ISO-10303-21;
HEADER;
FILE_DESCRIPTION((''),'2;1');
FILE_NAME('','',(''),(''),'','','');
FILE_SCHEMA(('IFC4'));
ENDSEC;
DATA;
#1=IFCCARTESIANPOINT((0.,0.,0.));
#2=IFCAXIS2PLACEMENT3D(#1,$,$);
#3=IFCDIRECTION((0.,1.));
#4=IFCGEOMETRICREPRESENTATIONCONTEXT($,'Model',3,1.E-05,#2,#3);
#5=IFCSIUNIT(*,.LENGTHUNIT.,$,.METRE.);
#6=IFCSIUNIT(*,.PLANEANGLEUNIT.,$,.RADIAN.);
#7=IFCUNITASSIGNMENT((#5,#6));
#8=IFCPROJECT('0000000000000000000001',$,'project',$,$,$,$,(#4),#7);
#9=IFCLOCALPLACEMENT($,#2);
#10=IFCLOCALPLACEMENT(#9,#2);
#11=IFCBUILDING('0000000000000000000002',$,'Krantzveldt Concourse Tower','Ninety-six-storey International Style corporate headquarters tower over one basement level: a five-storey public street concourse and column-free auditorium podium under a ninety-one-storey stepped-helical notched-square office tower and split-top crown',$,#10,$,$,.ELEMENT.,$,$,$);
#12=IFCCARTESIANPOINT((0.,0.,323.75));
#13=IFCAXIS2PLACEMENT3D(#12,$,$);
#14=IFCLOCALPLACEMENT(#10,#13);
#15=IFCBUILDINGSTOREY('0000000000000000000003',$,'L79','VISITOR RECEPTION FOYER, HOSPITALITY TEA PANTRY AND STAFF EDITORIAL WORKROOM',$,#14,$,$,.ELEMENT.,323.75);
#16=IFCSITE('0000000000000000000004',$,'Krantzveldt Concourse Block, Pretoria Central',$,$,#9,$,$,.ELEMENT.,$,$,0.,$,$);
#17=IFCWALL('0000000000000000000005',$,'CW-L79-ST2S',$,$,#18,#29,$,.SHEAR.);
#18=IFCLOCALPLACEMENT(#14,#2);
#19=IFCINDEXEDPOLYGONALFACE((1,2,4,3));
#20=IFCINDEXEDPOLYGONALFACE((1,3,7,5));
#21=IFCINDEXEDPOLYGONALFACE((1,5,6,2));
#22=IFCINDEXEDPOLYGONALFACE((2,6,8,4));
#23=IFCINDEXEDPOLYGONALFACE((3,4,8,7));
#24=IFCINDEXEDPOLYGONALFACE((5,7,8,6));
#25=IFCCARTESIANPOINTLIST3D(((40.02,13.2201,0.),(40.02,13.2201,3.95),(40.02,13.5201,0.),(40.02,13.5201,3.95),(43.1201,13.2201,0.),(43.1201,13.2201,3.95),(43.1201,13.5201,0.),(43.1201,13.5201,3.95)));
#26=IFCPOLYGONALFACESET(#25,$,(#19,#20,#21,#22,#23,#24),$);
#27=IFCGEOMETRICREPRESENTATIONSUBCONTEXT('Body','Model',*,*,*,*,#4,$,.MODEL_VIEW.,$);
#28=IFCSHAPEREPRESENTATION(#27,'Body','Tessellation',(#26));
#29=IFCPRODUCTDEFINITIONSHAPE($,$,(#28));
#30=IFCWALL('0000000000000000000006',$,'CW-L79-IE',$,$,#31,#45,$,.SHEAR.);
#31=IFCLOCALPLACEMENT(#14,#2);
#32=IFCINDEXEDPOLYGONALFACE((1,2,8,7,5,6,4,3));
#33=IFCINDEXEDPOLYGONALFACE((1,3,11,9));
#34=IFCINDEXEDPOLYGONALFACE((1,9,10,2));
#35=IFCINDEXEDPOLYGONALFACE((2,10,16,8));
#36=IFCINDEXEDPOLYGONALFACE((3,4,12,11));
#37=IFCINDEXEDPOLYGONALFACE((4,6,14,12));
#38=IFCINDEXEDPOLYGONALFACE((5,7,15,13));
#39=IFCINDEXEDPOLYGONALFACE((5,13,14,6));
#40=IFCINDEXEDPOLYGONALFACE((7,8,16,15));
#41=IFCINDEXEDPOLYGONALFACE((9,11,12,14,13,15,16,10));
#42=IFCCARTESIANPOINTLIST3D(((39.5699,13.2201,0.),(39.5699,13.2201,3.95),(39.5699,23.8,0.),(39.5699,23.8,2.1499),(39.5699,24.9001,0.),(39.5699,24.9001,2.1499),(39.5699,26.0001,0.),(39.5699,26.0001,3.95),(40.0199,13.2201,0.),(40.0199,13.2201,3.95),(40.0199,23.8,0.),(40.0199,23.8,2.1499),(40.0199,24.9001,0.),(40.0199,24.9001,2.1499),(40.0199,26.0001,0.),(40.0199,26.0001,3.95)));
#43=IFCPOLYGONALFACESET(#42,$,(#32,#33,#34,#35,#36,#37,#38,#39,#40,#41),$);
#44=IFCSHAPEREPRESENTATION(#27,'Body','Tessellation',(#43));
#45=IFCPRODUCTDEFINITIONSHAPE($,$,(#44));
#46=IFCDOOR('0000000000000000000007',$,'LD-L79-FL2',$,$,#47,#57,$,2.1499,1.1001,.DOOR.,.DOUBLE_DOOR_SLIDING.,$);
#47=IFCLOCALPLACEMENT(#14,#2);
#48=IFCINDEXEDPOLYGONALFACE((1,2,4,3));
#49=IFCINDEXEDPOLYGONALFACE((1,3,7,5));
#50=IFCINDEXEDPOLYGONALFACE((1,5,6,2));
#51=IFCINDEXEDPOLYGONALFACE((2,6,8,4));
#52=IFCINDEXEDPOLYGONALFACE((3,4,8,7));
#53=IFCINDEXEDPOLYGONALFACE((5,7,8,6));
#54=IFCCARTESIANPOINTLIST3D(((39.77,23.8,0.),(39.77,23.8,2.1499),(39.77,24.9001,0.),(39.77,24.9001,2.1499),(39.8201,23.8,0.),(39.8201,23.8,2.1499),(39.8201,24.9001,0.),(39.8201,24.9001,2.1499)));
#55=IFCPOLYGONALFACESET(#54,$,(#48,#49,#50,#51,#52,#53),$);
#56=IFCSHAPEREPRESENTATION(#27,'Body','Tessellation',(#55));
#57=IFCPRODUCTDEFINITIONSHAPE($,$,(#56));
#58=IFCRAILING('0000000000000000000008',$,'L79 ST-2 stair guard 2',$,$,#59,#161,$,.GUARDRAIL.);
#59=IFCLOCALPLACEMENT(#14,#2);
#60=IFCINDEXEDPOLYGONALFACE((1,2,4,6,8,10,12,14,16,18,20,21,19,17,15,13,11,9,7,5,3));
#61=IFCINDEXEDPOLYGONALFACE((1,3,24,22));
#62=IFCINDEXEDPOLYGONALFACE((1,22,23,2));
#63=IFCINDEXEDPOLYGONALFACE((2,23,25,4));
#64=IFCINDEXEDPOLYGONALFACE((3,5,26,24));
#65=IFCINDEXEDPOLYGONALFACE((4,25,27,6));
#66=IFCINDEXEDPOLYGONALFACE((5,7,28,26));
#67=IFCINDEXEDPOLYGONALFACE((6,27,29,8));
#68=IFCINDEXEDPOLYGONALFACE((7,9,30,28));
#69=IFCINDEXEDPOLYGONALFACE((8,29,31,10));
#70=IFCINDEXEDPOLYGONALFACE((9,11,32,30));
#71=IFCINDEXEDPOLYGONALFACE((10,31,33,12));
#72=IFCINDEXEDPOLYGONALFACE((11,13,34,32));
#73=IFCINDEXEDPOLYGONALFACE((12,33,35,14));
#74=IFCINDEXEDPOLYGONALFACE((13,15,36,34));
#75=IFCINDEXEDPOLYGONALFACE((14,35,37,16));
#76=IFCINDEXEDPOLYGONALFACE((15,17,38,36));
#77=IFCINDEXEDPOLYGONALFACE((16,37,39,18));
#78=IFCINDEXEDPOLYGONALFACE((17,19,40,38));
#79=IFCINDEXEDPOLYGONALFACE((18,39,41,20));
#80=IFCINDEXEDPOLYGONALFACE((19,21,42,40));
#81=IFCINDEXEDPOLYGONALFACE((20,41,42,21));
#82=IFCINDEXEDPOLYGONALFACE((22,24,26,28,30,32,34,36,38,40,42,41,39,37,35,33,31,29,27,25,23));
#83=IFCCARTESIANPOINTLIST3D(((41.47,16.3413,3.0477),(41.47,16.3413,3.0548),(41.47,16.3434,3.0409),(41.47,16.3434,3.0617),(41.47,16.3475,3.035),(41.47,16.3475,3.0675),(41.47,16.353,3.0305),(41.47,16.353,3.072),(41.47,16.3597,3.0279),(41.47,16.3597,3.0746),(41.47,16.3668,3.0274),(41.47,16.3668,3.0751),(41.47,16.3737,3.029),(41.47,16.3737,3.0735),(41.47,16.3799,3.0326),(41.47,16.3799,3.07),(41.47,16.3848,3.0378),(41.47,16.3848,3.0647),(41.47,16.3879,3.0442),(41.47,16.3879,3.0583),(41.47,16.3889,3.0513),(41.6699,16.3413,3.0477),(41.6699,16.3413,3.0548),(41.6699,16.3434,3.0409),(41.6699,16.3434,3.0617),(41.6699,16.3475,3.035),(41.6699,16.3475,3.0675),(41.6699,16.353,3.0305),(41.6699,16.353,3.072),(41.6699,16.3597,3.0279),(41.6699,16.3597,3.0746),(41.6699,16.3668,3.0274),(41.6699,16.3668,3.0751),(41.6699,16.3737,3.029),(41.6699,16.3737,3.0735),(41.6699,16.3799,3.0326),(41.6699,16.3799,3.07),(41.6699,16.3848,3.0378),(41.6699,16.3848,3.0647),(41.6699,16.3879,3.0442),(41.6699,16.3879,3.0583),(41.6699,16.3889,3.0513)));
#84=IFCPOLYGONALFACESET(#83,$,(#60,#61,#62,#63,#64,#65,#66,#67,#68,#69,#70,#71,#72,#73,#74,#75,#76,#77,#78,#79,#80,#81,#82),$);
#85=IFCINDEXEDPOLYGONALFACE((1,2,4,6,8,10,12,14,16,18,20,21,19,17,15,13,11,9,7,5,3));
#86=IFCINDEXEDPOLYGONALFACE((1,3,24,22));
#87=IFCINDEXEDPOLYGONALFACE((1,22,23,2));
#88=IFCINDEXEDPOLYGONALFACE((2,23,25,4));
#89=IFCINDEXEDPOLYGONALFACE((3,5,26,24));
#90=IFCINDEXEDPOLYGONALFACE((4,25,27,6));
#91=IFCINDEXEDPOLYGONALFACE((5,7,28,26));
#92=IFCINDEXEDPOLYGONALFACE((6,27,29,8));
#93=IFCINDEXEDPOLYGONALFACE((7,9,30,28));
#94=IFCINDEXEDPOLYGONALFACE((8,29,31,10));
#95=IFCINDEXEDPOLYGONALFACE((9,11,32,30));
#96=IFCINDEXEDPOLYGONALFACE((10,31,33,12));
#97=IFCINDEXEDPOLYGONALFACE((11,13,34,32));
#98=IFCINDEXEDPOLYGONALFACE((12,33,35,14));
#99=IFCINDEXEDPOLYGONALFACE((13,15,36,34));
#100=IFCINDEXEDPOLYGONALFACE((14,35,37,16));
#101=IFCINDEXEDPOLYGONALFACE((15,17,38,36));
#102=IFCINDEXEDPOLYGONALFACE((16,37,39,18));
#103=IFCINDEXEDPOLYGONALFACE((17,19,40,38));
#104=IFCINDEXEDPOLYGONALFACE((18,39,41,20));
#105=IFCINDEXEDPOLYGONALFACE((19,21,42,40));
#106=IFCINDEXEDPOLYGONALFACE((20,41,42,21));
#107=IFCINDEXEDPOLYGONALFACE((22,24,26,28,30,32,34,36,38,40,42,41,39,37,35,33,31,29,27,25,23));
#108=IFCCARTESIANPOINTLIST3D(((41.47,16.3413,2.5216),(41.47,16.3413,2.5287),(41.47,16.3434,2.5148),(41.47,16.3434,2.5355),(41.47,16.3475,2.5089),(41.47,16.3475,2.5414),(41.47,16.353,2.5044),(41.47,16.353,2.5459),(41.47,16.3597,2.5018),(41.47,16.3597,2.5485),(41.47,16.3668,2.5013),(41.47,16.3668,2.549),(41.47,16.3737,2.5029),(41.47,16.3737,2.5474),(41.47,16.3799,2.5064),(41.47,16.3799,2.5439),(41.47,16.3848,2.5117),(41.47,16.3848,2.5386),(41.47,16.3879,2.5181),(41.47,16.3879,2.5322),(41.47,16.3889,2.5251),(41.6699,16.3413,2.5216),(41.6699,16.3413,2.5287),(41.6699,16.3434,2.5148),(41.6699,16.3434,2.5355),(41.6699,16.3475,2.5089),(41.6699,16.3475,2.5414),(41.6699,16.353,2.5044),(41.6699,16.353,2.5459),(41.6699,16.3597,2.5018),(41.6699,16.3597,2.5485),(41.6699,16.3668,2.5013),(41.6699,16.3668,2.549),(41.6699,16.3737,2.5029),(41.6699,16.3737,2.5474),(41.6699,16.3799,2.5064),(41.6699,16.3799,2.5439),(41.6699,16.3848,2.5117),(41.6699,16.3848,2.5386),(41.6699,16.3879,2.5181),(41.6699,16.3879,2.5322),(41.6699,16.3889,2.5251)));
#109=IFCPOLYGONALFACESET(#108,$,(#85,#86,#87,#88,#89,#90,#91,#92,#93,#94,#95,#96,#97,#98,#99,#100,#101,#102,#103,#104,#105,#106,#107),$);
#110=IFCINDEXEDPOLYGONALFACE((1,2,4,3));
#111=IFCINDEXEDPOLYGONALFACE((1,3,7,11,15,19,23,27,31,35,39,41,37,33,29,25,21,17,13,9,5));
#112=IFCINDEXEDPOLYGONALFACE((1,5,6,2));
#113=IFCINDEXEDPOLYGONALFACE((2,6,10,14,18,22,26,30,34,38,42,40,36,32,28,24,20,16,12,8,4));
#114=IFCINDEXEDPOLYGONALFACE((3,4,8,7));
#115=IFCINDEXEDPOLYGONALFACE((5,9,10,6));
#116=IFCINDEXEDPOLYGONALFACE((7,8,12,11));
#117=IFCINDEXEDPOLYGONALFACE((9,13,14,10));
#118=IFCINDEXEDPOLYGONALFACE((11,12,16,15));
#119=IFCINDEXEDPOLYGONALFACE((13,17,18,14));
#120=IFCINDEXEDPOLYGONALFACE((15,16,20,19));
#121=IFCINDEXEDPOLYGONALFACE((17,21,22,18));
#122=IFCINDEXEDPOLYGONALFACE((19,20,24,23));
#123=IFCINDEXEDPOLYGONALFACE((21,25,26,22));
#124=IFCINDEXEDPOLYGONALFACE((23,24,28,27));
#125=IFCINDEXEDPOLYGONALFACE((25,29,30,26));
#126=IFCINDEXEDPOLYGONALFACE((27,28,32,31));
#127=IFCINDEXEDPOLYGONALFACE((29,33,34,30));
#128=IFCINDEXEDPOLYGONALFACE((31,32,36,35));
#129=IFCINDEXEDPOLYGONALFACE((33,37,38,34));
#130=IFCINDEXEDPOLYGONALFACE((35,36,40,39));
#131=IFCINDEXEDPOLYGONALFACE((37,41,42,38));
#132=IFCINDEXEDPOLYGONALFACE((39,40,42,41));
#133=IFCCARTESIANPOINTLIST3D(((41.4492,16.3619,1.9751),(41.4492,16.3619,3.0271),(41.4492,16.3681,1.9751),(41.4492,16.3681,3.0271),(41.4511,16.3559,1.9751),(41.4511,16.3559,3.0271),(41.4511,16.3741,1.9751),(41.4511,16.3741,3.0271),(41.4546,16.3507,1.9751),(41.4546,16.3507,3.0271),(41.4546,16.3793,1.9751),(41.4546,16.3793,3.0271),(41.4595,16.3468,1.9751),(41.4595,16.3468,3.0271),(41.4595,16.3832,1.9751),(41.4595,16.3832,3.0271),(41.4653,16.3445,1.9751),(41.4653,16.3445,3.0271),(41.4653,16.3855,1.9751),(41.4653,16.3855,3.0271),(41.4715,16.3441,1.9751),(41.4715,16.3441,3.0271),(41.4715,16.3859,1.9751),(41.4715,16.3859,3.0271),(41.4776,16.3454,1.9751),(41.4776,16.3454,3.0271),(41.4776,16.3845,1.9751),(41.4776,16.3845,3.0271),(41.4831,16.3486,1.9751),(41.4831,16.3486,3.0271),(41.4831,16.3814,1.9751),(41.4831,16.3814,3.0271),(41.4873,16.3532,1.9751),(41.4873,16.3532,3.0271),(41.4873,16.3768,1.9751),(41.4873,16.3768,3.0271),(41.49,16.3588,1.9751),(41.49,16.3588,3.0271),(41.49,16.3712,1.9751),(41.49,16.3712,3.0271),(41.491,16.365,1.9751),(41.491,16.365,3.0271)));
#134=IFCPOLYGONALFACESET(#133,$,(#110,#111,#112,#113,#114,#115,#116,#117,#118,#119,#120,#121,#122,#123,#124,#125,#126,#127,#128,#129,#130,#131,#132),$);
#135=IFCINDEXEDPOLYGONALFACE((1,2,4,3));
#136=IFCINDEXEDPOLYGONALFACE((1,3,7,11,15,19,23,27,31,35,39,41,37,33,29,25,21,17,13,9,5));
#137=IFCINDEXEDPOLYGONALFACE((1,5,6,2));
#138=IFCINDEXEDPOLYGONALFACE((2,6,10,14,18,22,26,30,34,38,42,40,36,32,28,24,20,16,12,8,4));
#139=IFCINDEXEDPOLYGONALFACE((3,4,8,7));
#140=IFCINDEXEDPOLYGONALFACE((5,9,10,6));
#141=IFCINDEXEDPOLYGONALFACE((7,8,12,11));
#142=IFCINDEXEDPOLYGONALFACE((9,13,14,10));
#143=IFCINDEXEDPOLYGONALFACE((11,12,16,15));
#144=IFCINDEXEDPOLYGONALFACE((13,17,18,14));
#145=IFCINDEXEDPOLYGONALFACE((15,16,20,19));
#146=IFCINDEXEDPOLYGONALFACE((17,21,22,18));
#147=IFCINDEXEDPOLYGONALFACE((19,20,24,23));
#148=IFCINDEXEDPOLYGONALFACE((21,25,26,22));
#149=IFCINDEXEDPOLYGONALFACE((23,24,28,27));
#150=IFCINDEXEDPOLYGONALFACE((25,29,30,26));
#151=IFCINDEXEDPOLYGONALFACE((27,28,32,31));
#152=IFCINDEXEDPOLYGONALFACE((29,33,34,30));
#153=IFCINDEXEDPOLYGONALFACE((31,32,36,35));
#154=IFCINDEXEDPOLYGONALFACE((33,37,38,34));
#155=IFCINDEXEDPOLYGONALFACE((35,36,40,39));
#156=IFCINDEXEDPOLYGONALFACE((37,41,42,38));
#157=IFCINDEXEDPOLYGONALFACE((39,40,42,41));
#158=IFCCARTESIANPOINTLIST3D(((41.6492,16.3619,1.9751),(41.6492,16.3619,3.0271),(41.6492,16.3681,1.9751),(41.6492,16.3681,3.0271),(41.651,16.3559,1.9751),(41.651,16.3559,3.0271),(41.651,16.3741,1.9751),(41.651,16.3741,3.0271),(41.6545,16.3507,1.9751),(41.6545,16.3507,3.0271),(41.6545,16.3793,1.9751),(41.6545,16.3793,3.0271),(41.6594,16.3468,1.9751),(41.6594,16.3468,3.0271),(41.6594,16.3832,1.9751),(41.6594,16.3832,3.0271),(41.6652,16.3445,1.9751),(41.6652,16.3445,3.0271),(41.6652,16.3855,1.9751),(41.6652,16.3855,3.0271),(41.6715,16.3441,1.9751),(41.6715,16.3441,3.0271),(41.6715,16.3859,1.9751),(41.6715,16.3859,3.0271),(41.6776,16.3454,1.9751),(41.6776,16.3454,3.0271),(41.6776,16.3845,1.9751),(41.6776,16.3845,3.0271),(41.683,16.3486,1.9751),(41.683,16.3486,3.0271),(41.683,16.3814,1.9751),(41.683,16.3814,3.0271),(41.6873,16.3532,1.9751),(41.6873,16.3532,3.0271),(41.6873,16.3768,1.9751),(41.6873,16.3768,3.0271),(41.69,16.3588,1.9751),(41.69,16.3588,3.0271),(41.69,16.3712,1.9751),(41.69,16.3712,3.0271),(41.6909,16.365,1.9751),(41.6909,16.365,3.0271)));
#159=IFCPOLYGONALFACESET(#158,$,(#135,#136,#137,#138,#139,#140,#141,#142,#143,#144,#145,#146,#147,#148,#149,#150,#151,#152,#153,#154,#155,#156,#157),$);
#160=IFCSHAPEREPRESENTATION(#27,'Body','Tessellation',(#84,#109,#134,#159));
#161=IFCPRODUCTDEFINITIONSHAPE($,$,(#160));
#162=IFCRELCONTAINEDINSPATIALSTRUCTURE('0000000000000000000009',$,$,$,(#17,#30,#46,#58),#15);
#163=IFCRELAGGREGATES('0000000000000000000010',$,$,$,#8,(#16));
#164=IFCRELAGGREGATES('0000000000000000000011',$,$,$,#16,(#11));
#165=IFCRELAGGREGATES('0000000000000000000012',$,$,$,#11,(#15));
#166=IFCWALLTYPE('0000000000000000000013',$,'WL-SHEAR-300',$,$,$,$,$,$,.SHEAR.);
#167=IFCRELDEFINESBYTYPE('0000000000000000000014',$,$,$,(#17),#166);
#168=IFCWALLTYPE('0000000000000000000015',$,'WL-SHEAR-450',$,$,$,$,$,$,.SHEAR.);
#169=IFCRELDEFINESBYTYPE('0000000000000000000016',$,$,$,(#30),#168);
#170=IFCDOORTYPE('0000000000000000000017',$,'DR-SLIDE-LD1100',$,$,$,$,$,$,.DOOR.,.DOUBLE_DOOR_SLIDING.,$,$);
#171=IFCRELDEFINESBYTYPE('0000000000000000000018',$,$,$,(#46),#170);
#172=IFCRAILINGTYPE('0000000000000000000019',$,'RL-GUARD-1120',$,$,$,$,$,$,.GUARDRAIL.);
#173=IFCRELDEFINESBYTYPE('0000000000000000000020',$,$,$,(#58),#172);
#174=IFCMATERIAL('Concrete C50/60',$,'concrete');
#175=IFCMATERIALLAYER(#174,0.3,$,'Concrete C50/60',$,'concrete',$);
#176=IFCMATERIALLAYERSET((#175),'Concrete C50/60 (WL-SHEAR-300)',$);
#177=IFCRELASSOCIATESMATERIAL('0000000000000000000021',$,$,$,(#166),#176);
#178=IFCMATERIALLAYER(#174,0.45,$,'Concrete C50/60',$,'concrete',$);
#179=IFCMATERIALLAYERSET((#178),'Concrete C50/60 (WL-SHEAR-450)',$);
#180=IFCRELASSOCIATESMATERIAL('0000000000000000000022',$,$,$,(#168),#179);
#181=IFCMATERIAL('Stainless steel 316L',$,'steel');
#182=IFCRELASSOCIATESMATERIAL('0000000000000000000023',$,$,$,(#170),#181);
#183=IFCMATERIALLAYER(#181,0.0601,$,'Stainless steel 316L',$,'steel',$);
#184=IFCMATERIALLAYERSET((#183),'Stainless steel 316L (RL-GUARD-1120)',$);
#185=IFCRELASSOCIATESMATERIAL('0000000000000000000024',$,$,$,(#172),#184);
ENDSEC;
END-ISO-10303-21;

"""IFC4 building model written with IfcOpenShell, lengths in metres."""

from ifc_helpers import new_model, si_unit, direction, frame, frame_2d, origin, origin_2d, place, context, subcontext, project, spatial, rectangle, circle, extrude, material, layer, layer_set, type_object, element, fill, save


model = new_model("IFC4")

# Units and contexts
model_context = context("Model", 3, precision=1e-05, world=origin(), true_north=direction((0.0, 1.0)))
body_context = subcontext(model_context, "Body", "Model", "MODEL_VIEW")
ifc_project = project(units=[si_unit("LENGTHUNIT", "METRE"), si_unit("PLANEANGLEUNIT", "RADIAN")], contexts=[model_context])

# Site, building, storey
site_placement = place(None, origin())
site = spatial("IfcSite", under=ifc_project, at=site_placement, Name="Krantzveldt Concourse Block, Pretoria Central", CompositionType="ELEMENT", RefElevation=0.0)
building_placement = place(site_placement, origin())
building = spatial("IfcBuilding", under=site, at=building_placement, Name="Krantzveldt Concourse Tower", Description="Ninety-six-storey International Style corporate headquarters tower over one basement level: a five-storey public street concourse and column-free auditorium podium under a ninety-one-storey stepped-helical notched-square office tower and split-top crown", CompositionType="ELEMENT")
storey_placement = place(building_placement, frame((0.0, 0.0, 323.75)))
storey = spatial("IfcBuildingStorey", under=building, at=storey_placement, Name="L79", Description="VISITOR RECEPTION FOYER, HOSPITALITY TEA PANTRY AND STAFF EDITORIAL WORKROOM", CompositionType="ELEMENT", Elevation=323.75)

# Wall
ifc_material_1 = material(Name="Concrete C50/60", Category="concrete")
ifc_layer_1 = layer(ifc_material_1, 0.3, Name="Concrete C50/60", Category="concrete")
ifc_layer_set_1 = layer_set([ifc_layer_1], Name="Concrete C50/60 (WL-SHEAR-300)")
wall_type_1 = type_object("IfcWallType", Name="WL-SHEAR-300", PredefinedType="SHEAR", material=ifc_layer_set_1)
wall_1_placement = place(storey_placement, frame((40.02, 13.3701, 0.0), z_axis=(0.0, 0.0, 1.0), x_axis=(1.0, 0.0, 0.0)))
element("IfcWall", 1, at=wall_1_placement, inside=storey, type_object=wall_type_1, Name="CW-L79-ST2S", PredefinedType="SHEAR", context=body_context, shape_type="SweptSolid", body=[
    extrude(rectangle(XDim=3.1001, YDim=0.3, at=frame_2d((1.55, 0.0))), origin(), (0.0, 0.0, 1.0), 3.95),
])

# Wall, opening, door
ifc_layer_2 = layer(ifc_material_1, 0.45, Name="Concrete C50/60", Category="concrete")
ifc_layer_set_2 = layer_set([ifc_layer_2], Name="Concrete C50/60 (WL-SHEAR-450)")
wall_type_2 = type_object("IfcWallType", Name="WL-SHEAR-450", PredefinedType="SHEAR", material=ifc_layer_set_2)
wall_2_placement = place(storey_placement, frame((39.7949, 13.22, 0.0), z_axis=(0.0, 0.0, 1.0), x_axis=(0.0, 1.0, 0.0)))
wall_2 = element("IfcWall", 2, at=wall_2_placement, inside=storey, type_object=wall_type_2, Name="CW-L79-IE", PredefinedType="SHEAR", context=body_context, shape_type="SweptSolid", body=[
    extrude(rectangle(XDim=12.78, YDim=0.45, at=frame_2d((6.3901, 0.0))), origin(), (0.0, 0.0, 1.0), 3.95),
])
opening_1_placement = place(wall_2_placement, frame((10.5801, 0.0, 0.0)))
opening_1 = element("IfcOpeningElement", 3, at=opening_1_placement, cuts=wall_2, PredefinedType="OPENING", context=body_context, shape_type="SweptSolid", body=[
    extrude(rectangle(XDim=1.1001, YDim=2.1499, at=frame_2d((0.55, 1.075))), frame((0.0, 0.2349, 0.0), z_axis=(0.0, -1.0, 0.0), x_axis=(1.0, 0.0, 0.0)), (0.0, 0.0, 1.0), 0.47),
])
ifc_material_2 = material(Name="Stainless steel 316L", Category="steel")
door_type_1 = type_object("IfcDoorType", Name="DR-SLIDE-LD1100", OperationType="DOUBLE_DOOR_SLIDING", PredefinedType="DOOR", material=ifc_material_2)
door_1_placement = place(opening_1_placement, origin())
door_1 = element("IfcDoor", 4, at=door_1_placement, inside=storey, type_object=door_type_1, Name="LD-L79-FL2", OperationType="DOUBLE_DOOR_SLIDING", OverallHeight=2.1499, OverallWidth=1.1001, PredefinedType="DOOR", context=body_context, shape_type="SweptSolid", body=[
    extrude(rectangle(XDim=1.1001, YDim=2.1499, at=frame_2d((0.55, 1.075))), frame((0.0, 0.0249, 0.0), z_axis=(0.0, -1.0, 0.0), x_axis=(1.0, 0.0, 0.0)), (0.0, 0.0, 1.0), 0.05),
])
fill(opening_1, door_1)

# Railing
ifc_layer_3 = layer(ifc_material_2, 0.0601, Name="Stainless steel 316L", Category="steel")
ifc_layer_set_3 = layer_set([ifc_layer_3], Name="Stainless steel 316L (RL-GUARD-1120)")
railing_type = type_object("IfcRailingType", Name="RL-GUARD-1120", PredefinedType="GUARDRAIL", material=ifc_layer_set_3)
railing_1_placement = place(storey_placement, frame((41.47, 16.365, 1.9751)))
element("IfcRailing", 5, at=railing_1_placement, inside=storey, type_object=railing_type, Name="L79 ST-2 stair guard 2", PredefinedType="GUARDRAIL", context=body_context, shape_type="SweptSolid", body=[
    extrude(circle(Radius=0.0239, at=origin_2d()), frame((0.0, 0.0, 1.0762), z_axis=(1.0, 0.0, 0.0), x_axis=(0.0, 1.0, 0.0)), (0.0, 0.0, 1.0), 0.2),
    extrude(circle(Radius=0.0239, at=origin_2d()), frame((0.0, 0.0, 0.55), z_axis=(1.0, 0.0, 0.0), x_axis=(0.0, 1.0, 0.0)), (0.0, 0.0, 1.0), 0.2),
    extrude(circle(Radius=0.021, at=origin_2d()), origin(), (0.0, 0.0, 1.0), 1.052),
    extrude(circle(Radius=0.021, at=origin_2d()), frame((0.2, 0.0, 0.0)), (0.0, 0.0, 1.0), 1.052),
])

save(model, "model.ifc")
